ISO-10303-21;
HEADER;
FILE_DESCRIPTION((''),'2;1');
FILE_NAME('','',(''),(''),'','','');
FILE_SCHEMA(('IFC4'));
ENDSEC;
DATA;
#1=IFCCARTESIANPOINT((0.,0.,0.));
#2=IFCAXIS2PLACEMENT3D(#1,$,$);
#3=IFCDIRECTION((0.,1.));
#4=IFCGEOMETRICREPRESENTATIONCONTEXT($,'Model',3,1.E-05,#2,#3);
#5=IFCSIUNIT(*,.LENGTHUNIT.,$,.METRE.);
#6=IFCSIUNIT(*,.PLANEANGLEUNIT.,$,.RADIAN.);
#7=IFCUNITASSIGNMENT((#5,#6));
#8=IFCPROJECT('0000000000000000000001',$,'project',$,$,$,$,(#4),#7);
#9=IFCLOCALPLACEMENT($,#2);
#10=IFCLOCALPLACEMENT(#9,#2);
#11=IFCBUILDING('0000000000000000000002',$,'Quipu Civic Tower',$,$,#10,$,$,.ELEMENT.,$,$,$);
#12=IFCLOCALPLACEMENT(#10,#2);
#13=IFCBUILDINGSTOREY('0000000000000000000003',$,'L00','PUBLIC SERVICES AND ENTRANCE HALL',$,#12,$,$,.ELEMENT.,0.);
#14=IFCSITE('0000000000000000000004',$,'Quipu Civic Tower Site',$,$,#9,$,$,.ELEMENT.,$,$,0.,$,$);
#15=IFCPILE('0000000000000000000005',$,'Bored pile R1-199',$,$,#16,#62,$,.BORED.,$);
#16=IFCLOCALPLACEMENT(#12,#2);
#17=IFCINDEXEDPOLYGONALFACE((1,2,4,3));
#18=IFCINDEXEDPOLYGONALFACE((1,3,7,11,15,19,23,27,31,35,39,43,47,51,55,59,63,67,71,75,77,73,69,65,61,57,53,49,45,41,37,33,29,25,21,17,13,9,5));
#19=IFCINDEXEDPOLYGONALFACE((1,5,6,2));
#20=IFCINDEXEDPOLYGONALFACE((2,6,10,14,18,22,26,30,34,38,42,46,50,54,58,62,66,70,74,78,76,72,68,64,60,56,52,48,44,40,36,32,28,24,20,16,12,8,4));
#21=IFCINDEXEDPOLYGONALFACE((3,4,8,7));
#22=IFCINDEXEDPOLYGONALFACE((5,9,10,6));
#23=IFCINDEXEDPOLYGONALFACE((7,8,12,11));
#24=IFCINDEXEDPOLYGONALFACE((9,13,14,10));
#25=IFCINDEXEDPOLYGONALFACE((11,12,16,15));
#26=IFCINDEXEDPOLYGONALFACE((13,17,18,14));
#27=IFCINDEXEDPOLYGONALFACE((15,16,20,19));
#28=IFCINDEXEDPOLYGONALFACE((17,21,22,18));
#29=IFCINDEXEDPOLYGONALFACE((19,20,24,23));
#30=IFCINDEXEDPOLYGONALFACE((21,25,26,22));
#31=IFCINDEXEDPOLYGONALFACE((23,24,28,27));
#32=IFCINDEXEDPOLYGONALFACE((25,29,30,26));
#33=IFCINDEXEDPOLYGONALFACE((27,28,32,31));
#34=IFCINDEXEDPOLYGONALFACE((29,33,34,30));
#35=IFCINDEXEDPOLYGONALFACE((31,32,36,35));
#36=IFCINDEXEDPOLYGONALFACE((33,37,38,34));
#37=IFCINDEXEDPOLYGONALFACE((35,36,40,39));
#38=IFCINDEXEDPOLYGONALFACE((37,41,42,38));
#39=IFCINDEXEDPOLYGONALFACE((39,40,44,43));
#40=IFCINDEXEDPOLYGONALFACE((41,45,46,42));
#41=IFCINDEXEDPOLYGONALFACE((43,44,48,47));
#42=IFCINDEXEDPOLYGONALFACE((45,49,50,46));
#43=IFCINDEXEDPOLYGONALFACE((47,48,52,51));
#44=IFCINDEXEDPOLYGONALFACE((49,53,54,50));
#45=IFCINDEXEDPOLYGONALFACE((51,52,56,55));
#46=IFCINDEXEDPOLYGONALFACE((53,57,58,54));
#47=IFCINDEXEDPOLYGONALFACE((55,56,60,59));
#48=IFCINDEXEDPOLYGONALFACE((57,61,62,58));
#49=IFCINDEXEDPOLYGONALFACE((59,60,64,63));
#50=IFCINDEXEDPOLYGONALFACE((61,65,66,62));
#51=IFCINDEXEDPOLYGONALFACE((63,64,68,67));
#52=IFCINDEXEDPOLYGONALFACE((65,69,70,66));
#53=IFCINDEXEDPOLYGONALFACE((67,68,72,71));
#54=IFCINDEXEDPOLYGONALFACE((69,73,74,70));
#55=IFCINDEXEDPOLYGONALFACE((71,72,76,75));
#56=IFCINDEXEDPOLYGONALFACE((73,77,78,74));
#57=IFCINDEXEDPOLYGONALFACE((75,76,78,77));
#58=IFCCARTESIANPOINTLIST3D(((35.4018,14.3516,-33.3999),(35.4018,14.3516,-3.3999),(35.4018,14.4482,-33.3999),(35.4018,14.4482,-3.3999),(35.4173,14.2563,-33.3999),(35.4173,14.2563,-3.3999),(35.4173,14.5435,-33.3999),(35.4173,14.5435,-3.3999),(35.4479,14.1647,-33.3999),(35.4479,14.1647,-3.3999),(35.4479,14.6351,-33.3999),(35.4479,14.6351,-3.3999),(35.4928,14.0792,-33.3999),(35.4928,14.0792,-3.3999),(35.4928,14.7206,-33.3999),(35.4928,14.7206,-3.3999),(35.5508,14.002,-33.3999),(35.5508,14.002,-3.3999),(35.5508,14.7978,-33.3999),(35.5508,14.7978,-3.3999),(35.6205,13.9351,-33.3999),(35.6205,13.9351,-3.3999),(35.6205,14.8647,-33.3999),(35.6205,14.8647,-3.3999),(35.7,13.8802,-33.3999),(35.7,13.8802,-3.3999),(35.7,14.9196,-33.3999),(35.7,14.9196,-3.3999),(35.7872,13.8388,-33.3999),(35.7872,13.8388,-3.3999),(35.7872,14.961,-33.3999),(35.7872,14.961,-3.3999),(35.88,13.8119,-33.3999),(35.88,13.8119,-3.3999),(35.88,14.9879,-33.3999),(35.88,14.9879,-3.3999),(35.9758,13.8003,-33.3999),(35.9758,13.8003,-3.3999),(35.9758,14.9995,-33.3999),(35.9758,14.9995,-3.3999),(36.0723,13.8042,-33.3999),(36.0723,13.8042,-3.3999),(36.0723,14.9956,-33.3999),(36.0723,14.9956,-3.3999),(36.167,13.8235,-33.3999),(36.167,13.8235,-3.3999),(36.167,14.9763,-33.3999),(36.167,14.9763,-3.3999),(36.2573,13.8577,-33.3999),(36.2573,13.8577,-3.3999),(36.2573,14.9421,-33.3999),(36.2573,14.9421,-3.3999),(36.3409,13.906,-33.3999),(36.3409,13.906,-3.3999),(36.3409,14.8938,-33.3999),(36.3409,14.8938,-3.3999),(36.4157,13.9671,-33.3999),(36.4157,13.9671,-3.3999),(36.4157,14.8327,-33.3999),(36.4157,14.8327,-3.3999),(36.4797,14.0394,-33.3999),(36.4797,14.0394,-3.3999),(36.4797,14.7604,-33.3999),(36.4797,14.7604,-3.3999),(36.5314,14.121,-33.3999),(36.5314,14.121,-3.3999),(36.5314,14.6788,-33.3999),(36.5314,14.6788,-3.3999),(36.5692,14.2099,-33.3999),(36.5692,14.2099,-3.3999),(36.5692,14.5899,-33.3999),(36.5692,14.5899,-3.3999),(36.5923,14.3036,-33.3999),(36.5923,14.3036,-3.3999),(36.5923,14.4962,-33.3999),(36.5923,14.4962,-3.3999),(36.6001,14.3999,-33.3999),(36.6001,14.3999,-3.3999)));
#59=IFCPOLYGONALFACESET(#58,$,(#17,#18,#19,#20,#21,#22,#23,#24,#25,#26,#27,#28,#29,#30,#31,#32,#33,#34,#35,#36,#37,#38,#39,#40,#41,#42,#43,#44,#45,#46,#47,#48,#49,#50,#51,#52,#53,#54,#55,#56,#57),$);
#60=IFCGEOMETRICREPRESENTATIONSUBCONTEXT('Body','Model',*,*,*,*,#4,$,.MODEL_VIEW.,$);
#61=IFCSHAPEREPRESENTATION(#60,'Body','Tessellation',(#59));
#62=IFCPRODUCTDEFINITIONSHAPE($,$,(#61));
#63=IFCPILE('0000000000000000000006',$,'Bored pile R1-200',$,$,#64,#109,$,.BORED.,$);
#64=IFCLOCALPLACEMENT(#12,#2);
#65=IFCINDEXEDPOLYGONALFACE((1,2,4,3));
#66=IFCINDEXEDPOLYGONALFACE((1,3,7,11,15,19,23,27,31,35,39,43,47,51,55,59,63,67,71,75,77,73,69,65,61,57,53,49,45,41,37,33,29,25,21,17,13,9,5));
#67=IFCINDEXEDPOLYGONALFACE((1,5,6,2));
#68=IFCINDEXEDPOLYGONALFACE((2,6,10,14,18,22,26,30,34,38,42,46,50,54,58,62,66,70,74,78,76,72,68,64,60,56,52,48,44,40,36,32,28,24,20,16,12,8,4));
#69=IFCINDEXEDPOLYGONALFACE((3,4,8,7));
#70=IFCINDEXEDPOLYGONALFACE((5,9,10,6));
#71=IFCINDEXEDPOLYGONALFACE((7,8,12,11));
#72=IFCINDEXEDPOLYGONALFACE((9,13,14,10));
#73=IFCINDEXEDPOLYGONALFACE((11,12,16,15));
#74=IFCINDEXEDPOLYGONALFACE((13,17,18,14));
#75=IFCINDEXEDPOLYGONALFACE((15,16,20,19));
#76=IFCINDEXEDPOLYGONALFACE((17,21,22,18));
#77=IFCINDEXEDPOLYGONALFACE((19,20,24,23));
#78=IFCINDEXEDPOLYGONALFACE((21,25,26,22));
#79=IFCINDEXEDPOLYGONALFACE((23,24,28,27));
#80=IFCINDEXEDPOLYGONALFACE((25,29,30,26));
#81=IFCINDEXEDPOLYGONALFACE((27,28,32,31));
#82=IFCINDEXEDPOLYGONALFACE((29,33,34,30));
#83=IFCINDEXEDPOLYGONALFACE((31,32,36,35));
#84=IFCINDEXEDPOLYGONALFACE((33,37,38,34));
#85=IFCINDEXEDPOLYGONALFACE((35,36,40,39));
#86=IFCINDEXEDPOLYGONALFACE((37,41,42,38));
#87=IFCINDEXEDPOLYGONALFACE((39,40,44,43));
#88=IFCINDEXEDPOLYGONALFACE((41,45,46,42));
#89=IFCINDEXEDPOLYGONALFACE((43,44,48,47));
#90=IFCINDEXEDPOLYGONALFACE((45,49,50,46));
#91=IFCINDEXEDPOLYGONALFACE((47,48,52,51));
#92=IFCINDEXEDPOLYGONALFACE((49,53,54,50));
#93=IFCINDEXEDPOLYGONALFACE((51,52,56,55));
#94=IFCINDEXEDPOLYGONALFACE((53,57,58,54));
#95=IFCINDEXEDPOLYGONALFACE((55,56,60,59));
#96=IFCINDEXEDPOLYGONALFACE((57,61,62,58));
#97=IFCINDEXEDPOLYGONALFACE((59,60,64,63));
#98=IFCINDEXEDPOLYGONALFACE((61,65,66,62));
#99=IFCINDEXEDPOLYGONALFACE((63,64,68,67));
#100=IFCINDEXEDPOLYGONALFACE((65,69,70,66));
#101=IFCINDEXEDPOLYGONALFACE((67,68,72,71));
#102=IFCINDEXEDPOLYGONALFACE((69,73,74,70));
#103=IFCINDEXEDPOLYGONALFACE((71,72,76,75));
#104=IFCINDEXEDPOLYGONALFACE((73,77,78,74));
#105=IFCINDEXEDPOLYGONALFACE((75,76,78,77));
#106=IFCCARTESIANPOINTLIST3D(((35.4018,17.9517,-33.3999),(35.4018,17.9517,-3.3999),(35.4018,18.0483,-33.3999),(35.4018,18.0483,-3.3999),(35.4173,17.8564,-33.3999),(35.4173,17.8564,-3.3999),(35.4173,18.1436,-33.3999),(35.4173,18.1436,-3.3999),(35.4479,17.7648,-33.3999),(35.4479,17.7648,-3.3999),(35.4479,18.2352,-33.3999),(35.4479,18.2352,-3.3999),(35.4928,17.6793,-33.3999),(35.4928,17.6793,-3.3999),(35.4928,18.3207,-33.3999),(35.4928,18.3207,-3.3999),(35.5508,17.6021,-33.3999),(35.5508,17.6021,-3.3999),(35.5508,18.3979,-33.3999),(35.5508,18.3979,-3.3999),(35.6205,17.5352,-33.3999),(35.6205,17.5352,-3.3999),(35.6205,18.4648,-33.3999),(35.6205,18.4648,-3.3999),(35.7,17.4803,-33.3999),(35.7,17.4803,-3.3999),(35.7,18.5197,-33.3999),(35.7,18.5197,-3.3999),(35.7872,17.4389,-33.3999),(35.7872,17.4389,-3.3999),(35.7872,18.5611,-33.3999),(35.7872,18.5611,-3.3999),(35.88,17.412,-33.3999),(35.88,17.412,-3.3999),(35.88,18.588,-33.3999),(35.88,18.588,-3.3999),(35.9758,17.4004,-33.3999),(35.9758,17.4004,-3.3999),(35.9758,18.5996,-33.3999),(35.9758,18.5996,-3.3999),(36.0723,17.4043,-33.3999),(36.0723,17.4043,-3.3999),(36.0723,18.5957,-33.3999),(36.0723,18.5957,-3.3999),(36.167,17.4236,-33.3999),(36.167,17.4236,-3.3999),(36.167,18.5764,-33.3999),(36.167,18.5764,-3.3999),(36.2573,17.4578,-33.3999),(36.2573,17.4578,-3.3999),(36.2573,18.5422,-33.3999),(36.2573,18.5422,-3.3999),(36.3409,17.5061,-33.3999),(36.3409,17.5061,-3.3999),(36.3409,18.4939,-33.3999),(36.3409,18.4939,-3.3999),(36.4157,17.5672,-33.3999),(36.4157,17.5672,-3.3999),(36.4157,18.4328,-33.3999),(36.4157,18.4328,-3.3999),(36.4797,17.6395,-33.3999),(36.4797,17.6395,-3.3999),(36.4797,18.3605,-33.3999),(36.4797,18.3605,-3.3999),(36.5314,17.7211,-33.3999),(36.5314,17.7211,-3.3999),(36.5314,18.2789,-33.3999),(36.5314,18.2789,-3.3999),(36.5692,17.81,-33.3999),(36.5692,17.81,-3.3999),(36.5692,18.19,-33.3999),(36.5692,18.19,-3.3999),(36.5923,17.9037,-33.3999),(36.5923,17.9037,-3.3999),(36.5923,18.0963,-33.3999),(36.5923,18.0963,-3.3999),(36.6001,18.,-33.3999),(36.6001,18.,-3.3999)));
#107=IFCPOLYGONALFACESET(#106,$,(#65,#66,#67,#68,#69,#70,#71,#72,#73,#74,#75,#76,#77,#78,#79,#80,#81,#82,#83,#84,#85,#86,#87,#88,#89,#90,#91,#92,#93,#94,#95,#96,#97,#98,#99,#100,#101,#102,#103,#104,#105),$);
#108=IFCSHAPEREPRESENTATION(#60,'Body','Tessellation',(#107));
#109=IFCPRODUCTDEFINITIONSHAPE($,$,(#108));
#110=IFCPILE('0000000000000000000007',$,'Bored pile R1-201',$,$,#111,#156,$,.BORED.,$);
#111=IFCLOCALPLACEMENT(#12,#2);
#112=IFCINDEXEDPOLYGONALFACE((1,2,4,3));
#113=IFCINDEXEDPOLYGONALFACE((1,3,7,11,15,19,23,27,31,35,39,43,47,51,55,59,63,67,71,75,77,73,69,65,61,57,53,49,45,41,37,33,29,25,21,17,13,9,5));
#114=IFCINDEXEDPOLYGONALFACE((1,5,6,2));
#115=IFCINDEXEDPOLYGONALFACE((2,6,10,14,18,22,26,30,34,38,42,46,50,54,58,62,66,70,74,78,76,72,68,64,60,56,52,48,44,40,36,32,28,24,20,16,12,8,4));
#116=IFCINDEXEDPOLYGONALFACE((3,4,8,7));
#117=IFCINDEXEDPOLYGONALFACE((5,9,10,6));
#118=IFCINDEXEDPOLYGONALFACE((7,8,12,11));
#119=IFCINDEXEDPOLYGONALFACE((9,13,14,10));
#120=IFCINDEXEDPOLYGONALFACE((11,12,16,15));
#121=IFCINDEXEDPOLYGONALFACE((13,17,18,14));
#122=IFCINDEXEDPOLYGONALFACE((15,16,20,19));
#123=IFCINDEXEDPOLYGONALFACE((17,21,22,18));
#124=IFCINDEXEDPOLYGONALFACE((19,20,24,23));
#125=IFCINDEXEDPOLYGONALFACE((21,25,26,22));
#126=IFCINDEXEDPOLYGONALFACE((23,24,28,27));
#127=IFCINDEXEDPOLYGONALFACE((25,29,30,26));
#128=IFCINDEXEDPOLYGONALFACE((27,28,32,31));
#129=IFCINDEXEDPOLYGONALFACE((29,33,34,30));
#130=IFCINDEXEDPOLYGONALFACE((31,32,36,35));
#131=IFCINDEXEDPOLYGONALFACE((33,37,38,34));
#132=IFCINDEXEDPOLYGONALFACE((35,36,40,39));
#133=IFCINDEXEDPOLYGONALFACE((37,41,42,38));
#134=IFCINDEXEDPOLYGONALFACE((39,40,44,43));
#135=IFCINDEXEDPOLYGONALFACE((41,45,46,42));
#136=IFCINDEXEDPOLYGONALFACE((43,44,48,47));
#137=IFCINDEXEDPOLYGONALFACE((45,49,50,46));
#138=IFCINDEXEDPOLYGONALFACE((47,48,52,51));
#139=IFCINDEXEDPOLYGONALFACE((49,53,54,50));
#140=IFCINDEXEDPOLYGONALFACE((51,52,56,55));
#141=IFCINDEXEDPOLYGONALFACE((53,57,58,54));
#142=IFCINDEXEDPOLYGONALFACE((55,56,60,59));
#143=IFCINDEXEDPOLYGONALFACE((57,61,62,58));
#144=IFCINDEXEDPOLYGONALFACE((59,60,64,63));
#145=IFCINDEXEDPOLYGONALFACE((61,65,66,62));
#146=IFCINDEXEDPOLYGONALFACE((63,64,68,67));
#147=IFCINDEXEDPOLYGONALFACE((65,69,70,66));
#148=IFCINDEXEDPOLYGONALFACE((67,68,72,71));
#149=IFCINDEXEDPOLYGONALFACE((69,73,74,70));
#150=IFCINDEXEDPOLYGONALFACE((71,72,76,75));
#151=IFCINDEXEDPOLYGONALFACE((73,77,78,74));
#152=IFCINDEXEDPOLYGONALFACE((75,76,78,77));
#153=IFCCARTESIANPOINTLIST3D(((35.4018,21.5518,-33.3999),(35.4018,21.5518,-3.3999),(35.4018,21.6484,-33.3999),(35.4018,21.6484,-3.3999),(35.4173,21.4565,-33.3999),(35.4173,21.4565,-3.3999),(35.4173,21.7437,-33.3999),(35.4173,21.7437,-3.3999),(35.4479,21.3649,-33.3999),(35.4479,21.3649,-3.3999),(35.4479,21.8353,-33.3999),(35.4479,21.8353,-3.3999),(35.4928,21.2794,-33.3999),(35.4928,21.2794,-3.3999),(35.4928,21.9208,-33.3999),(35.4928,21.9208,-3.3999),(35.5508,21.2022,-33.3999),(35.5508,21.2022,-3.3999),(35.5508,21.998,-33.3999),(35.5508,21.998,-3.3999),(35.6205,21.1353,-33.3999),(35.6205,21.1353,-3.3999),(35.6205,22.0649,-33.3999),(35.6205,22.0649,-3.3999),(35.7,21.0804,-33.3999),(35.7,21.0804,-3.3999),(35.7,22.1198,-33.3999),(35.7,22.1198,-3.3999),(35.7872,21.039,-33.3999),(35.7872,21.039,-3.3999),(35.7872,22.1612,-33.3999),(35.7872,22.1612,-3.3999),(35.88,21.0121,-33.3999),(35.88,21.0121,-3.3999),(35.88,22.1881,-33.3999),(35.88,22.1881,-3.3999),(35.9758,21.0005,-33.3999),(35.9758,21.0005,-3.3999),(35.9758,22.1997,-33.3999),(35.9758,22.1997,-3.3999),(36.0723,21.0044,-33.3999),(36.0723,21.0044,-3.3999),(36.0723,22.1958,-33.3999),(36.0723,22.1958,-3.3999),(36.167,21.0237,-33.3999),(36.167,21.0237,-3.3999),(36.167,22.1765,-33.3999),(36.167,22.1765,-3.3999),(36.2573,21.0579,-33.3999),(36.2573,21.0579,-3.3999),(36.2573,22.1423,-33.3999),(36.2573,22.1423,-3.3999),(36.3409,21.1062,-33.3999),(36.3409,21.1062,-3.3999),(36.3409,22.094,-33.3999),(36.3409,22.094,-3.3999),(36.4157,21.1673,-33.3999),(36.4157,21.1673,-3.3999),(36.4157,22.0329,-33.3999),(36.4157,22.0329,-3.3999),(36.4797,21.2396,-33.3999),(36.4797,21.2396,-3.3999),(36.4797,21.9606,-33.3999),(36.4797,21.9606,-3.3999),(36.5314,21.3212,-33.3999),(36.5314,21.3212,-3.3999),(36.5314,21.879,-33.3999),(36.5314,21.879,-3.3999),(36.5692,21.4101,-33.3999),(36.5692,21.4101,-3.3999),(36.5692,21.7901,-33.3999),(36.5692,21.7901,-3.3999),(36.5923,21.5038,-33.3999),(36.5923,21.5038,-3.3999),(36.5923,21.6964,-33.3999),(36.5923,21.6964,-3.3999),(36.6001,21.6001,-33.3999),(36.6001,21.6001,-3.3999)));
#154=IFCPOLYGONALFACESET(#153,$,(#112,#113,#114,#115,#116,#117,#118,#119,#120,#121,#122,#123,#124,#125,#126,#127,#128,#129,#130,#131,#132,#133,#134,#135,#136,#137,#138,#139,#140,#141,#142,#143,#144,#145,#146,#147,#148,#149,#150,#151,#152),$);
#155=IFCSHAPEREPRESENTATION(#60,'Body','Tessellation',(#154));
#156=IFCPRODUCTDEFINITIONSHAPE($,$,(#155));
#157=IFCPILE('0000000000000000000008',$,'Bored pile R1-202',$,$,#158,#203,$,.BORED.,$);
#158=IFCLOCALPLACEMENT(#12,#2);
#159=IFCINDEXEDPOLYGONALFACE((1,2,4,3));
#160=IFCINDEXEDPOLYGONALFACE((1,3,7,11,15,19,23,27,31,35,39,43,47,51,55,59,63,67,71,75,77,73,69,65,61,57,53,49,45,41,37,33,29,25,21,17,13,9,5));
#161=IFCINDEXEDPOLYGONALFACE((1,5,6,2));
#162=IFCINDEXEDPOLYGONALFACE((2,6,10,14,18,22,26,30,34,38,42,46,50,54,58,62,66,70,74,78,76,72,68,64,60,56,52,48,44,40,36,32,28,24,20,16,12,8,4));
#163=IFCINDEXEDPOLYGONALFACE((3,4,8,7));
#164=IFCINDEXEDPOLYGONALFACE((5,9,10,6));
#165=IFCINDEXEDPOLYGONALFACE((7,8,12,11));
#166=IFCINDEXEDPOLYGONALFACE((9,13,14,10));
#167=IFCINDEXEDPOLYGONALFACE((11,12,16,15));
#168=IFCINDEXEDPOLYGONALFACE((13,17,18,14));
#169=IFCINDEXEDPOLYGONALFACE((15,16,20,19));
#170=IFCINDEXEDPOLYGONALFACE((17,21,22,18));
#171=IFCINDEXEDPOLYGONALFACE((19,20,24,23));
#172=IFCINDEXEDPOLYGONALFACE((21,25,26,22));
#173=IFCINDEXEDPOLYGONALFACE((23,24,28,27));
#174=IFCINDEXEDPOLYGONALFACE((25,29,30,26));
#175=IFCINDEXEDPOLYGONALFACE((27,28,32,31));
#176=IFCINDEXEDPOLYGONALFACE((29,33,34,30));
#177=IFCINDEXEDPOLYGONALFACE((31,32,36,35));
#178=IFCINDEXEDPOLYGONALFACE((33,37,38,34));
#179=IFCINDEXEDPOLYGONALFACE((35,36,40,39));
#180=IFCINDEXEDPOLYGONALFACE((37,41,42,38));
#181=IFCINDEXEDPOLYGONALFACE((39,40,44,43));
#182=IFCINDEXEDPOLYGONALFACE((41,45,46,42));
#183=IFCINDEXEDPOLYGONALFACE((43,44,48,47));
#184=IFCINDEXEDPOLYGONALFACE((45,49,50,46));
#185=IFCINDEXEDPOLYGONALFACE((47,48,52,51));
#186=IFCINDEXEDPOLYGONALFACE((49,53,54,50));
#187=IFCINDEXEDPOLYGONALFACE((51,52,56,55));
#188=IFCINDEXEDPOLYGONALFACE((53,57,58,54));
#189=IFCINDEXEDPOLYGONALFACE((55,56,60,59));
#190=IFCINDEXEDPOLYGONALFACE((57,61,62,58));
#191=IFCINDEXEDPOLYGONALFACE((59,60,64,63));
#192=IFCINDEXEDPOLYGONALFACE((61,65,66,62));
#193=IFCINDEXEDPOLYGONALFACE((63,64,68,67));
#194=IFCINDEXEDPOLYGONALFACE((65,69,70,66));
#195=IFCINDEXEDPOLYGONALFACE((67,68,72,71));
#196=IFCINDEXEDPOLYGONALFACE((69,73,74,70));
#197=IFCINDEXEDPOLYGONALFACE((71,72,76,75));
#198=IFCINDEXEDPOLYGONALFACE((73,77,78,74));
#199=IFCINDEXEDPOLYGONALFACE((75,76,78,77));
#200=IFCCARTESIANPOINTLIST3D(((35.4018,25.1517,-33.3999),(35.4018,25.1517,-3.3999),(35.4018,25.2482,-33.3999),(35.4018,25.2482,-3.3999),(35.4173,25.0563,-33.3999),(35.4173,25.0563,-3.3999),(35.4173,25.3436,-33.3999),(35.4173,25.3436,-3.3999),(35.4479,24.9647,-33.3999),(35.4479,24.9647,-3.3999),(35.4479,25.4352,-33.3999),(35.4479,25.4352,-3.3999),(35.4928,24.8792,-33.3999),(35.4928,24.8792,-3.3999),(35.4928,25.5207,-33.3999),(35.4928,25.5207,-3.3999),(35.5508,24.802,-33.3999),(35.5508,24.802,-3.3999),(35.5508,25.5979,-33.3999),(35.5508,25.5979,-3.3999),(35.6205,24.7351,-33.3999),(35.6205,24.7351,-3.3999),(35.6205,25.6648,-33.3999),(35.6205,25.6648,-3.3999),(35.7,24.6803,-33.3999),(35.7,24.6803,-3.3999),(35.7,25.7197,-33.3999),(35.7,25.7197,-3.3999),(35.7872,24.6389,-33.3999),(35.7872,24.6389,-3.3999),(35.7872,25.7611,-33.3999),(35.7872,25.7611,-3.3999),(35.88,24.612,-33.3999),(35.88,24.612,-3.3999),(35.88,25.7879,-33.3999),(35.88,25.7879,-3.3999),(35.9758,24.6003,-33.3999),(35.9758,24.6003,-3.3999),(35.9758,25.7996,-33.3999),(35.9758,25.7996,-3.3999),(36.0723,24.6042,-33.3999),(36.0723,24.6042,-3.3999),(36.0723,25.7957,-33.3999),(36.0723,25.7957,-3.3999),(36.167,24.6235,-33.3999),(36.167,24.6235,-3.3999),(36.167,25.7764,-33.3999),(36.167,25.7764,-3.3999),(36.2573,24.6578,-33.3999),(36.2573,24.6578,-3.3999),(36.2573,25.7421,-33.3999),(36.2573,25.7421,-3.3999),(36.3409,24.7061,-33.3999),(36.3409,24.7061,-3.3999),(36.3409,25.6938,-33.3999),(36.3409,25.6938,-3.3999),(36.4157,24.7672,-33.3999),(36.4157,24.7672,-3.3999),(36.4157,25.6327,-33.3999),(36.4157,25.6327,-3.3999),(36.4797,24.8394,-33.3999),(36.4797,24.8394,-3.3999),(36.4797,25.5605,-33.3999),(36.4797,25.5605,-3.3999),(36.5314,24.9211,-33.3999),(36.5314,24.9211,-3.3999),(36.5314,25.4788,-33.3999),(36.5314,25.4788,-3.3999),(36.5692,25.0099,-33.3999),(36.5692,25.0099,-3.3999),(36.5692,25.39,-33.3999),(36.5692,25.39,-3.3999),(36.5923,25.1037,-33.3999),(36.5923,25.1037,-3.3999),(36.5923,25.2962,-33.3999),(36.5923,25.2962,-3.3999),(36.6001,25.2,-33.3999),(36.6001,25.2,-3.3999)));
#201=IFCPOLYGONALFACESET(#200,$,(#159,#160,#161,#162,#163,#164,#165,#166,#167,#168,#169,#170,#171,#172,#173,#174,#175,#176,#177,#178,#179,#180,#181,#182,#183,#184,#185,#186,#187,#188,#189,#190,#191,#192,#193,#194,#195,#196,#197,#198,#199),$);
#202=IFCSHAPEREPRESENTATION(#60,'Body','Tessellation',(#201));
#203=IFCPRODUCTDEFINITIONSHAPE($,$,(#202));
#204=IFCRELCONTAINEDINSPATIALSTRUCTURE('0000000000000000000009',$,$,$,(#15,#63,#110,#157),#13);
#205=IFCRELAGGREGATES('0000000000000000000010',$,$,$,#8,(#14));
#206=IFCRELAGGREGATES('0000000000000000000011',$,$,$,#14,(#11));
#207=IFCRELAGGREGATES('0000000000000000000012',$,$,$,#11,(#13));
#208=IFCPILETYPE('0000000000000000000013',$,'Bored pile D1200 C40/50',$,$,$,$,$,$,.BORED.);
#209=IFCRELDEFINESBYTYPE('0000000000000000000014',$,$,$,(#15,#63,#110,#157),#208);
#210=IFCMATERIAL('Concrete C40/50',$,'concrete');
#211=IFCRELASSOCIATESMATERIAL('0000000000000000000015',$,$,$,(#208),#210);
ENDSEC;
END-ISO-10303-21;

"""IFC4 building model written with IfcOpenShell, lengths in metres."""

from ifc_helpers import new_model, si_unit, direction, frame, origin, origin_2d, place, context, subcontext, project, spatial, circle, extrude, material, material_profile, profile_set, type_object, element, save


model = new_model("IFC4")

# Units and contexts
model_context = context("Model", 3, precision=1e-05, world=origin(), true_north=direction((0.0, 1.0)))
body_context = subcontext(model_context, "Body", "Model", "MODEL_VIEW")
ifc_project = project(units=[si_unit("LENGTHUNIT", "METRE"), si_unit("PLANEANGLEUNIT", "RADIAN")], contexts=[model_context])

# Site, building, storey
site_placement = place(None, origin())
site = spatial("IfcSite", under=ifc_project, at=site_placement, Name="Quipu Civic Tower Site", CompositionType="ELEMENT", RefElevation=0.0)
building_placement = place(site_placement, origin())
building = spatial("IfcBuilding", under=site, at=building_placement, Name="Quipu Civic Tower", CompositionType="ELEMENT")
storey_placement = place(building_placement, origin())
storey = spatial("IfcBuildingStorey", under=building, at=storey_placement, Name="L00", Description="PUBLIC SERVICES AND ENTRANCE HALL", CompositionType="ELEMENT", Elevation=0.0)

# Piles
ifc_material_1 = material(Name="Concrete C40/50", Category="concrete")
ifc_material_profile_1 = material_profile(ifc_material_1, circle(Radius=0.6001, at=origin_2d()), Name="RCD1200")
ifc_profile_set_1 = profile_set([ifc_material_profile_1], Name="Concrete C40/50")
pile_type = type_object("IfcPileType", Name="Bored pile D1200 C40/50", PredefinedType="BORED", material=ifc_profile_set_1)
for number, where, z_axis, x_axis, name in (
    (1, (36.0, 14.3999, -3.3999), (0.0, 0.0, -1.0), (1.0, 0.0, 0.0), "Bored pile R1-199"),
    (2, (36.0, 18.0, -3.3999), (0.0, 0.0, -1.0), (1.0, 0.0, 0.0), "Bored pile R1-200"),
    (3, (36.0, 21.6001, -3.3999), (0.0, 0.0, -1.0), (1.0, 0.0, 0.0), "Bored pile R1-201"),
    (4, (36.0, 25.2, -3.3999), (0.0, 0.0, -1.0), (1.0, 0.0, 0.0), "Bored pile R1-202"),
):
    element("IfcPile", number, at=place(storey_placement, frame(where, z_axis=z_axis, x_axis=x_axis)), inside=storey, type_object=pile_type, Name=name, PredefinedType="BORED", context=body_context, shape_type="SweptSolid", body=[
        extrude(circle(Radius=0.6001, at=origin_2d()), origin(), (0.0, 0.0, 1.0), 30.0),
    ])

save(model, "model.ifc")
